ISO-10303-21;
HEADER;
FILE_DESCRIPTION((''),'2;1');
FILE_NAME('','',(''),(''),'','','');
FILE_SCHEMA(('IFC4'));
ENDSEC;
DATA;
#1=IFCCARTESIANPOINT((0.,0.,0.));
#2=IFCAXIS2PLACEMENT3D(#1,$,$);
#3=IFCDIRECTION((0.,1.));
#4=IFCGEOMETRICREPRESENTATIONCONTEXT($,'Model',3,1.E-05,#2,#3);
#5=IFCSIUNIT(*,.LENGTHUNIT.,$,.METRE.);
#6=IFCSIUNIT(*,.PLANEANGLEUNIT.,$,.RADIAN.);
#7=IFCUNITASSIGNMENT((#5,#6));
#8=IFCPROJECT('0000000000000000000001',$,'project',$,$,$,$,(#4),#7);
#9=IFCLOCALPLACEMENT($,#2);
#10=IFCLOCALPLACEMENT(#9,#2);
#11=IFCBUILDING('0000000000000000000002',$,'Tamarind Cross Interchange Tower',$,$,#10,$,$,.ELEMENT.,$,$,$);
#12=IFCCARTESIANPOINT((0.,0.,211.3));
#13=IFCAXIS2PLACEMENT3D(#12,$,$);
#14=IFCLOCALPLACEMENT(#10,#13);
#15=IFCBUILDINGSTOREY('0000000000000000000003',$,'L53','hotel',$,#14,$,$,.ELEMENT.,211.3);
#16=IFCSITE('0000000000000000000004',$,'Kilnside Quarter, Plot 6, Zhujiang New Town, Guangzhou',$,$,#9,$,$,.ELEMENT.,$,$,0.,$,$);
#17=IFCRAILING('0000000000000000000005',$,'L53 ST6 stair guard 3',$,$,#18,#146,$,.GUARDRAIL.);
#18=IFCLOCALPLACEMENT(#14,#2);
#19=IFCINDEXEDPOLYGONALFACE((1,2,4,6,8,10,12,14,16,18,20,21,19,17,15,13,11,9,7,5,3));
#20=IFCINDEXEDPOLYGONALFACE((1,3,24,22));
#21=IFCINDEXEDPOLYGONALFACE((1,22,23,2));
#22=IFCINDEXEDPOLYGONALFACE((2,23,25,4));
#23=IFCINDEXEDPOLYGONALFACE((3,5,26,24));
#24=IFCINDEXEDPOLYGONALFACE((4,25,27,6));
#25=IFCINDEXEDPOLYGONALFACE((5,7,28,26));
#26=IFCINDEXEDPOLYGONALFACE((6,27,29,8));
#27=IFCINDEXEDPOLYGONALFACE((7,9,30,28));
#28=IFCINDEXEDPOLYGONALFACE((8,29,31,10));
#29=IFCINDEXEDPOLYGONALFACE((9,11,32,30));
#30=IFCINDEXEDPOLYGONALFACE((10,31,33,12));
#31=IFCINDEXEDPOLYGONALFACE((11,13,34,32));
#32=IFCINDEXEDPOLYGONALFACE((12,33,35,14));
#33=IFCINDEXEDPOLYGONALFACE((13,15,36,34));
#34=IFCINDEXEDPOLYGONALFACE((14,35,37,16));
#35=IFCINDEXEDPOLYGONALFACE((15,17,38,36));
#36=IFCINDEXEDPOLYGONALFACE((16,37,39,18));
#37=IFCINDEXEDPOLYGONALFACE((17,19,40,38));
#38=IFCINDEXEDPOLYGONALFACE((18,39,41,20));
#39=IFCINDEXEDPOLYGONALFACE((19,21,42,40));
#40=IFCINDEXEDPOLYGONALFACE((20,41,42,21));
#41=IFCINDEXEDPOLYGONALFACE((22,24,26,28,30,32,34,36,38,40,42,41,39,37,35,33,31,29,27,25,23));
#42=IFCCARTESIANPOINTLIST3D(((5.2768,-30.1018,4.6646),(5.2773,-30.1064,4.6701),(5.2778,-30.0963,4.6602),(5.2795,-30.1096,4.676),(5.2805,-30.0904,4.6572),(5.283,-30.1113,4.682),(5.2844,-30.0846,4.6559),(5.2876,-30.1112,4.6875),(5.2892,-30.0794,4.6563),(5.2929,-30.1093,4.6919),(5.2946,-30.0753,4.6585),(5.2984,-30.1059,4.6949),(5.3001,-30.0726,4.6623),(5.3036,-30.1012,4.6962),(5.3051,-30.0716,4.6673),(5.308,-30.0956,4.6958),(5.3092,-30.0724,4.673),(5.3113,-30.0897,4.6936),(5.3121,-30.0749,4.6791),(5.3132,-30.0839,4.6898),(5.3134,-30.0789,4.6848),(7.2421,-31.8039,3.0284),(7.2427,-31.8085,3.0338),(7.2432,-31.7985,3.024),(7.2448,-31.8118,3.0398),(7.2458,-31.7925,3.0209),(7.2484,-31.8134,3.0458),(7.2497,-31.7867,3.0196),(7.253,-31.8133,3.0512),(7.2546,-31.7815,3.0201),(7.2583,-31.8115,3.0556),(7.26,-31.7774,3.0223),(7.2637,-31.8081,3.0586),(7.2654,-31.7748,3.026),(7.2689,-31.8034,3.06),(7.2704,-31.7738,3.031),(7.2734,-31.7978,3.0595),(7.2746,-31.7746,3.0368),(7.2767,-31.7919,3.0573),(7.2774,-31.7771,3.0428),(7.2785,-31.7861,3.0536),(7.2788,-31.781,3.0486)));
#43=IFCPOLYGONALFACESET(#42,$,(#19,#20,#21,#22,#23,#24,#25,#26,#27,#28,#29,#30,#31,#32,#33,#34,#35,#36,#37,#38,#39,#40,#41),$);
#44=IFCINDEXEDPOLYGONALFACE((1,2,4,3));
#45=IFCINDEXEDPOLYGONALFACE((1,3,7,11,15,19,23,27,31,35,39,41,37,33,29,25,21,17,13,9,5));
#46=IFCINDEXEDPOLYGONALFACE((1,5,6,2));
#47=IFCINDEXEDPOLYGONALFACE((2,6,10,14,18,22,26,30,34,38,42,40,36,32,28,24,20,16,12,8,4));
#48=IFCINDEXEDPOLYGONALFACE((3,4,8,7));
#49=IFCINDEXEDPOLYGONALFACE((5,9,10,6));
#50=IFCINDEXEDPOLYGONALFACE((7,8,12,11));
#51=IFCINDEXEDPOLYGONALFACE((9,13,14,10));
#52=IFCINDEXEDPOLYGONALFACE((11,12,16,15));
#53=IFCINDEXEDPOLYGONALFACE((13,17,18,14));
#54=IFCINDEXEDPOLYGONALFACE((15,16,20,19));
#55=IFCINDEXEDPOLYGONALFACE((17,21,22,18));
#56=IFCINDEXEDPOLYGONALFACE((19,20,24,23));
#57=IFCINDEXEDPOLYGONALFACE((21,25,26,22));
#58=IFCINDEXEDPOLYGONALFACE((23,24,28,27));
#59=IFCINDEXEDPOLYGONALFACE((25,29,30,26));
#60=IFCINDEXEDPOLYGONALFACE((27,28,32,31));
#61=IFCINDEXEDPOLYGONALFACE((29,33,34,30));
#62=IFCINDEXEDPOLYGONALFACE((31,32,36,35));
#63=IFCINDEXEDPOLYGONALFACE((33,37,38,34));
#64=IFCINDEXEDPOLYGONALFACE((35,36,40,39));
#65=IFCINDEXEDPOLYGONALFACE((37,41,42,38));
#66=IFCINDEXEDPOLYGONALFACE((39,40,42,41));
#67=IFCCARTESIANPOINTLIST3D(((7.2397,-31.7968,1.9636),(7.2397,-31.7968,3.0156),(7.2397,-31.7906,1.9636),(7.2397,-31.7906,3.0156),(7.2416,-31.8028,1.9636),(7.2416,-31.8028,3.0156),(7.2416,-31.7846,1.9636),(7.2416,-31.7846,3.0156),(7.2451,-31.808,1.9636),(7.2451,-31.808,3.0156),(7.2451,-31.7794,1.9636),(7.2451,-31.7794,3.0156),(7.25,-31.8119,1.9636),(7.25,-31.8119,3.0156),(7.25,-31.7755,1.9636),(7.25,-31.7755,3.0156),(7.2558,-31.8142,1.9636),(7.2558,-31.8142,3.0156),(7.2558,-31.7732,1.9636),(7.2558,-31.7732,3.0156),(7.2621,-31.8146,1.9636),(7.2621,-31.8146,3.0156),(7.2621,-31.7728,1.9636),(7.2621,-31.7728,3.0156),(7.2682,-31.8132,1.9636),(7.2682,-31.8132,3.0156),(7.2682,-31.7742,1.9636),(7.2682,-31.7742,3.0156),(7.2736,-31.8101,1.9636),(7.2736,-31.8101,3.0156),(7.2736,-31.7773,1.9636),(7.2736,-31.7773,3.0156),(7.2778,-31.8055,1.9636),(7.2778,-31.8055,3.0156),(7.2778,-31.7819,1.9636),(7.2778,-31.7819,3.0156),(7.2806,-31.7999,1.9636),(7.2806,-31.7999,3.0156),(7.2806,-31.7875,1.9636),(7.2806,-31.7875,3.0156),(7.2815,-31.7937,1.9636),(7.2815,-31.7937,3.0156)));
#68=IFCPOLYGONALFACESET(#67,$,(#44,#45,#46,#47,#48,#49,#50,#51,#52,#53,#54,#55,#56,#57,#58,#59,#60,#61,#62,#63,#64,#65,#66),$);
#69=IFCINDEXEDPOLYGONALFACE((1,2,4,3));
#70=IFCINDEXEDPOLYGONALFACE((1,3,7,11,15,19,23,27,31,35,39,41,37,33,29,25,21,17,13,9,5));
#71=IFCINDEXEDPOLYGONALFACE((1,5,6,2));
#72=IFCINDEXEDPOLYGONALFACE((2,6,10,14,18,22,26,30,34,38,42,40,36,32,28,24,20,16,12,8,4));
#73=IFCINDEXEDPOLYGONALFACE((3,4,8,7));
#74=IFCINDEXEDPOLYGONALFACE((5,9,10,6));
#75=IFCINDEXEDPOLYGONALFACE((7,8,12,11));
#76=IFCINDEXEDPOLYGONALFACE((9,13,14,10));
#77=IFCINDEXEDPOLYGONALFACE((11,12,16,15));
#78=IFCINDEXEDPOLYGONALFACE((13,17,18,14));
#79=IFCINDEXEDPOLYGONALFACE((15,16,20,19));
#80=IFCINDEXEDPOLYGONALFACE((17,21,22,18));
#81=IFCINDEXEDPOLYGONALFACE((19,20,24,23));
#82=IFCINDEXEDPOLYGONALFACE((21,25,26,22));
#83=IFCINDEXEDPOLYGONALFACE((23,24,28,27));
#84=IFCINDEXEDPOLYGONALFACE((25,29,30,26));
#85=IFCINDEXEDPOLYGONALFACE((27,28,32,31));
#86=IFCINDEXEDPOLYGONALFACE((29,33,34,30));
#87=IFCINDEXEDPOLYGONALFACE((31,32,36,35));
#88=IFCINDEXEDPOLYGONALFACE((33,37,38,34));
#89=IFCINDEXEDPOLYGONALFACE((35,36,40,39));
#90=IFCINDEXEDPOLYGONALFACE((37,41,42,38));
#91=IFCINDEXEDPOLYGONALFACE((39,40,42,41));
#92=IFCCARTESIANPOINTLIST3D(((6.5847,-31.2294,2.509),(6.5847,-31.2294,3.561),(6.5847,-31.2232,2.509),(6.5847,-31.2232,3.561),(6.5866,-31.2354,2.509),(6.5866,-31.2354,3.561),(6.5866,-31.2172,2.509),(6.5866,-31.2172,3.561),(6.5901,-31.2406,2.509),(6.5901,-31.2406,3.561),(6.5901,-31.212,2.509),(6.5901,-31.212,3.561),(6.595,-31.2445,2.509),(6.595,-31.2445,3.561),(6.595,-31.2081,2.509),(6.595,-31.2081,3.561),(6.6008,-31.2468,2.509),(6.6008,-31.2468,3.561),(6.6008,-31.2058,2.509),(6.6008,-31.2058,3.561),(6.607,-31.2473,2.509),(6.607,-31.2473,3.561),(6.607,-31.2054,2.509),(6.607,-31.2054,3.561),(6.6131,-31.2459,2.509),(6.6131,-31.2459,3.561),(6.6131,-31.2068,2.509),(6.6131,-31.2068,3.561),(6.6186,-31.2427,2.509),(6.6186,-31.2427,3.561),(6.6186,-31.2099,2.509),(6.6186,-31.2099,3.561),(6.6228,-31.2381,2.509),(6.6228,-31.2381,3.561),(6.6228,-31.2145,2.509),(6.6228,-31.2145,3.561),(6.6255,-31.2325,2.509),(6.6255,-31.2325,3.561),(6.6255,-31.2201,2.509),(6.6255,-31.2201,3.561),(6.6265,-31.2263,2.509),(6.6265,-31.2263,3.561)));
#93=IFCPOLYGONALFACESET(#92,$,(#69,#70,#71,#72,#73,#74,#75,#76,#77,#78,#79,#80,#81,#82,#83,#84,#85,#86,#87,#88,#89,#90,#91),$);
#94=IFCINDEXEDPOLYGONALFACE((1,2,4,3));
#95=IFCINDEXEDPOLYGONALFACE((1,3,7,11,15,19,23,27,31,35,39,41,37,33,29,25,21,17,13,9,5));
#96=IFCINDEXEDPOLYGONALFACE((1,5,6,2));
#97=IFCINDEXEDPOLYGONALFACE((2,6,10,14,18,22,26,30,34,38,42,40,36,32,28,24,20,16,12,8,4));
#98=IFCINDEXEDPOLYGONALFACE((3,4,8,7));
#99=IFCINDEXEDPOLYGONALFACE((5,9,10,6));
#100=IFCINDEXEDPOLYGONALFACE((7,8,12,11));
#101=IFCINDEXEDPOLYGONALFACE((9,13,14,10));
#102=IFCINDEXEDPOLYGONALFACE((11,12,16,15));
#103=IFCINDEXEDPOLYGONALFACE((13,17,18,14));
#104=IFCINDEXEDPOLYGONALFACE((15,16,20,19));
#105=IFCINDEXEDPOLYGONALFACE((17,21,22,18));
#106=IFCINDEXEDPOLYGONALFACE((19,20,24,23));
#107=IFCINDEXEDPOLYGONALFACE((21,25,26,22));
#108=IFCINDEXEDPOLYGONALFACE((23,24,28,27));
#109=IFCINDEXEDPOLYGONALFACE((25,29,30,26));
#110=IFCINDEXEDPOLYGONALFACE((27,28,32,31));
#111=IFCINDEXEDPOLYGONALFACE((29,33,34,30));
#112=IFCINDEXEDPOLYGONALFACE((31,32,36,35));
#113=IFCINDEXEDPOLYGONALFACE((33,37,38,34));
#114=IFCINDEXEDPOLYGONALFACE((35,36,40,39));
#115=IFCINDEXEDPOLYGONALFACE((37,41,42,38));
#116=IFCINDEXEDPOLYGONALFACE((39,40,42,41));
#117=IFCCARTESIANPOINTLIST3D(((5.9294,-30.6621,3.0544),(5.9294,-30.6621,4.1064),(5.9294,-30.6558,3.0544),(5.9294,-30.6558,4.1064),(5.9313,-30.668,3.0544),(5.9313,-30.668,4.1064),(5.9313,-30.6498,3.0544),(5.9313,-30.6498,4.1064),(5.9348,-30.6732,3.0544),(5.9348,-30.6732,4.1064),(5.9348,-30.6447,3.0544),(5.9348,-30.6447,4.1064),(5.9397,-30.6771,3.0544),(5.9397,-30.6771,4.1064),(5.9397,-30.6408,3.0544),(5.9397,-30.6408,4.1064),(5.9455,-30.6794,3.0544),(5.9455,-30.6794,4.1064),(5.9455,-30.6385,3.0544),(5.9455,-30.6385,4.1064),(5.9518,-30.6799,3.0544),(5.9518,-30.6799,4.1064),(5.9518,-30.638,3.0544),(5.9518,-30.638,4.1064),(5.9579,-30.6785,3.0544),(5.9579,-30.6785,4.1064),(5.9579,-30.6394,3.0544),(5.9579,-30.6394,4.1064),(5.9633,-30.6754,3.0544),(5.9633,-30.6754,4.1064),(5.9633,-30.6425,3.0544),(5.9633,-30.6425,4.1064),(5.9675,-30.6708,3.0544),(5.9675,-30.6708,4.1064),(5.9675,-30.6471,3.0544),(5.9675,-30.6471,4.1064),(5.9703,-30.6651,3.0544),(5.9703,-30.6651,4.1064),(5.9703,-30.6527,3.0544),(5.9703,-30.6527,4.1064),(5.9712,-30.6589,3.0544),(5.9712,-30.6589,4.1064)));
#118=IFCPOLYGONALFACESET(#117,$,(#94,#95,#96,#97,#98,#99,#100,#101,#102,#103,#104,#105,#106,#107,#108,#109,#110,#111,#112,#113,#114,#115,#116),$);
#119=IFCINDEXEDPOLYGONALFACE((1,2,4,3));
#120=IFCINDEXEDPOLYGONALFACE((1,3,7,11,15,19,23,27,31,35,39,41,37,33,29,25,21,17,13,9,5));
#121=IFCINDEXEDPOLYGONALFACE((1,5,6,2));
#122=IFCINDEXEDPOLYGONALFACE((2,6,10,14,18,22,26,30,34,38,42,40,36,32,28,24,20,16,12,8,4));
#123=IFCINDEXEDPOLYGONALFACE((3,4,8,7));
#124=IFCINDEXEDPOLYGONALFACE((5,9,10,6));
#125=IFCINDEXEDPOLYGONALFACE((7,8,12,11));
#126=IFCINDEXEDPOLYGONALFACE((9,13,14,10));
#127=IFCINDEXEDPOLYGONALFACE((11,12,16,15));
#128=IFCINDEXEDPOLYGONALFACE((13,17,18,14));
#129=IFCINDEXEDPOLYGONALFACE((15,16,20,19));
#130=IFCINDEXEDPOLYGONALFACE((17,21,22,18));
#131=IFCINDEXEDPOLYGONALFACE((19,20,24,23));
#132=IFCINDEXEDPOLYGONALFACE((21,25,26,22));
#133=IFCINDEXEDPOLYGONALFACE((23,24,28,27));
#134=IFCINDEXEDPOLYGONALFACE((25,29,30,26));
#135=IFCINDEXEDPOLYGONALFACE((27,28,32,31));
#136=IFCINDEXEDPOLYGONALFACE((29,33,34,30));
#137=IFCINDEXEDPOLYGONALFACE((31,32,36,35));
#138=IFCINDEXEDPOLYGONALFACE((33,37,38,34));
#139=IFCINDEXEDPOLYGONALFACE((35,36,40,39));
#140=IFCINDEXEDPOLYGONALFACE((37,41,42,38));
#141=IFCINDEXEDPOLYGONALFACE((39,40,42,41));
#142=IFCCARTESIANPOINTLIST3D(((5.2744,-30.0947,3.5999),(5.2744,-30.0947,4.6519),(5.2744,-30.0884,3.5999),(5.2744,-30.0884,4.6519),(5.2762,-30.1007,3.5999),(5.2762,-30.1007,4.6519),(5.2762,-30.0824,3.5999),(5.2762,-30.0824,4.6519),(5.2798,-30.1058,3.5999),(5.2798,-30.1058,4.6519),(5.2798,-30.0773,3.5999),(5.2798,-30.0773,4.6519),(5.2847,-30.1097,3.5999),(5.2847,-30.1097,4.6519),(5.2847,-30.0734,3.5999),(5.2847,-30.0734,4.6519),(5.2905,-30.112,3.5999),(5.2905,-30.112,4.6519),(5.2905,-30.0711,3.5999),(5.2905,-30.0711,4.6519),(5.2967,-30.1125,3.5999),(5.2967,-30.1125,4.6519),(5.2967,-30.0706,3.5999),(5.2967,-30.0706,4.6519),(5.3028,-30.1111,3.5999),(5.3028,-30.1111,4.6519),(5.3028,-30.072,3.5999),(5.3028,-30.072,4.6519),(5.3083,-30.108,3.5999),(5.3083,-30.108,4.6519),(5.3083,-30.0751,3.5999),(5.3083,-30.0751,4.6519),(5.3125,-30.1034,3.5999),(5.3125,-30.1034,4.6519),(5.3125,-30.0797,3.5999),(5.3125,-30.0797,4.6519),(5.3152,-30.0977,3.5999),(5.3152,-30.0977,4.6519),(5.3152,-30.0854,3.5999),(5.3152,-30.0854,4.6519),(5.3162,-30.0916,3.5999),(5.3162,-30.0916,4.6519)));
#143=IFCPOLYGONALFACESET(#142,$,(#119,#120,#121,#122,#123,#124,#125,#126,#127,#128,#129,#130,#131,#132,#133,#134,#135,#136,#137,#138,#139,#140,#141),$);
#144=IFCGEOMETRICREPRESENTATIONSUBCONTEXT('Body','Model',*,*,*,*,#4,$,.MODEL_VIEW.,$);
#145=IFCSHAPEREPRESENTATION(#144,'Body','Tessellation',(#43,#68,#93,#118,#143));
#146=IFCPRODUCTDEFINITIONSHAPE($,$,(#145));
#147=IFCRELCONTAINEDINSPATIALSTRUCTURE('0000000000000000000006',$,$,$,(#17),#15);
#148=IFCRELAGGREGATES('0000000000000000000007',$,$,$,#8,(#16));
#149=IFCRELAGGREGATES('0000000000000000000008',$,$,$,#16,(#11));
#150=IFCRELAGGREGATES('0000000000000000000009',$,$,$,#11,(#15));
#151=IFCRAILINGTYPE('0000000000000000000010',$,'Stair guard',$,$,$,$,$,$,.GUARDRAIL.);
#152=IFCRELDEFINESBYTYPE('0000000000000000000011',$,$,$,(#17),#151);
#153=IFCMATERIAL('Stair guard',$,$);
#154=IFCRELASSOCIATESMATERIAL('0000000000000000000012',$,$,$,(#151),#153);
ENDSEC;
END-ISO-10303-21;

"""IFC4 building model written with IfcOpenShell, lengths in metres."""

from ifc_helpers import new_model, si_unit, direction, frame, origin, origin_2d, place, context, subcontext, project, spatial, circle, extrude, material, type_object, element, save


model = new_model("IFC4")

# Units and contexts
model_context = context("Model", 3, precision=1e-05, world=origin(), true_north=direction((0.0, 1.0)))
body_context = subcontext(model_context, "Body", "Model", "MODEL_VIEW")
ifc_project = project(units=[si_unit("LENGTHUNIT", "METRE"), si_unit("PLANEANGLEUNIT", "RADIAN")], contexts=[model_context])

# Site, building, storey
site_placement = place(None, origin())
site = spatial("IfcSite", under=ifc_project, at=site_placement, Name="Kilnside Quarter, Plot 6, Zhujiang New Town, Guangzhou", CompositionType="ELEMENT", RefElevation=0.0)
building_placement = place(site_placement, origin())
building = spatial("IfcBuilding", under=site, at=building_placement, Name="Tamarind Cross Interchange Tower", CompositionType="ELEMENT")
storey_placement = place(building_placement, frame((0.0, 0.0, 211.3)))
storey = spatial("IfcBuildingStorey", under=building, at=storey_placement, Name="L53", Description="hotel", CompositionType="ELEMENT", Elevation=211.3)

# Railing
ifc_material_1 = material(Name="Stair guard")
railing_type_1 = type_object("IfcRailingType", Name="Stair guard", PredefinedType="GUARDRAIL", material=ifc_material_1)
railing_1_placement = place(storey_placement, frame((7.2605, -31.7937, 1.9636)))
element("IfcRailing", 1, at=railing_1_placement, inside=storey, type_object=railing_type_1, Name="L53 ST6 stair guard 3", PredefinedType="GUARDRAIL", context=body_context, shape_type="SweptSolid", body=[
    extrude(circle(Radius=0.0239, at=origin_2d()), frame((0.0, 0.0, 1.0762), z_axis=(-0.63976, 0.554088, 0.53263), x_axis=(-0.65468, -0.755906, 0.0)), (0.0, 0.0, 1.0), 3.072),
    extrude(circle(Radius=0.021, at=origin_2d()), origin(), (0.0, 0.0, 1.0), 1.052),
    extrude(circle(Radius=0.021, at=origin_2d()), frame((-0.655, 0.5674, 0.5454)), (0.0, 0.0, 1.0), 1.052),
    extrude(circle(Radius=0.021, at=origin_2d()), frame((-1.3103, 1.1348, 1.0908)), (0.0, 0.0, 1.0), 1.052),
    extrude(circle(Radius=0.021, at=origin_2d()), frame((-1.9653, 1.7021, 1.6362)), (0.0, 0.0, 1.0), 1.052),
])

save(model, "model.ifc")
